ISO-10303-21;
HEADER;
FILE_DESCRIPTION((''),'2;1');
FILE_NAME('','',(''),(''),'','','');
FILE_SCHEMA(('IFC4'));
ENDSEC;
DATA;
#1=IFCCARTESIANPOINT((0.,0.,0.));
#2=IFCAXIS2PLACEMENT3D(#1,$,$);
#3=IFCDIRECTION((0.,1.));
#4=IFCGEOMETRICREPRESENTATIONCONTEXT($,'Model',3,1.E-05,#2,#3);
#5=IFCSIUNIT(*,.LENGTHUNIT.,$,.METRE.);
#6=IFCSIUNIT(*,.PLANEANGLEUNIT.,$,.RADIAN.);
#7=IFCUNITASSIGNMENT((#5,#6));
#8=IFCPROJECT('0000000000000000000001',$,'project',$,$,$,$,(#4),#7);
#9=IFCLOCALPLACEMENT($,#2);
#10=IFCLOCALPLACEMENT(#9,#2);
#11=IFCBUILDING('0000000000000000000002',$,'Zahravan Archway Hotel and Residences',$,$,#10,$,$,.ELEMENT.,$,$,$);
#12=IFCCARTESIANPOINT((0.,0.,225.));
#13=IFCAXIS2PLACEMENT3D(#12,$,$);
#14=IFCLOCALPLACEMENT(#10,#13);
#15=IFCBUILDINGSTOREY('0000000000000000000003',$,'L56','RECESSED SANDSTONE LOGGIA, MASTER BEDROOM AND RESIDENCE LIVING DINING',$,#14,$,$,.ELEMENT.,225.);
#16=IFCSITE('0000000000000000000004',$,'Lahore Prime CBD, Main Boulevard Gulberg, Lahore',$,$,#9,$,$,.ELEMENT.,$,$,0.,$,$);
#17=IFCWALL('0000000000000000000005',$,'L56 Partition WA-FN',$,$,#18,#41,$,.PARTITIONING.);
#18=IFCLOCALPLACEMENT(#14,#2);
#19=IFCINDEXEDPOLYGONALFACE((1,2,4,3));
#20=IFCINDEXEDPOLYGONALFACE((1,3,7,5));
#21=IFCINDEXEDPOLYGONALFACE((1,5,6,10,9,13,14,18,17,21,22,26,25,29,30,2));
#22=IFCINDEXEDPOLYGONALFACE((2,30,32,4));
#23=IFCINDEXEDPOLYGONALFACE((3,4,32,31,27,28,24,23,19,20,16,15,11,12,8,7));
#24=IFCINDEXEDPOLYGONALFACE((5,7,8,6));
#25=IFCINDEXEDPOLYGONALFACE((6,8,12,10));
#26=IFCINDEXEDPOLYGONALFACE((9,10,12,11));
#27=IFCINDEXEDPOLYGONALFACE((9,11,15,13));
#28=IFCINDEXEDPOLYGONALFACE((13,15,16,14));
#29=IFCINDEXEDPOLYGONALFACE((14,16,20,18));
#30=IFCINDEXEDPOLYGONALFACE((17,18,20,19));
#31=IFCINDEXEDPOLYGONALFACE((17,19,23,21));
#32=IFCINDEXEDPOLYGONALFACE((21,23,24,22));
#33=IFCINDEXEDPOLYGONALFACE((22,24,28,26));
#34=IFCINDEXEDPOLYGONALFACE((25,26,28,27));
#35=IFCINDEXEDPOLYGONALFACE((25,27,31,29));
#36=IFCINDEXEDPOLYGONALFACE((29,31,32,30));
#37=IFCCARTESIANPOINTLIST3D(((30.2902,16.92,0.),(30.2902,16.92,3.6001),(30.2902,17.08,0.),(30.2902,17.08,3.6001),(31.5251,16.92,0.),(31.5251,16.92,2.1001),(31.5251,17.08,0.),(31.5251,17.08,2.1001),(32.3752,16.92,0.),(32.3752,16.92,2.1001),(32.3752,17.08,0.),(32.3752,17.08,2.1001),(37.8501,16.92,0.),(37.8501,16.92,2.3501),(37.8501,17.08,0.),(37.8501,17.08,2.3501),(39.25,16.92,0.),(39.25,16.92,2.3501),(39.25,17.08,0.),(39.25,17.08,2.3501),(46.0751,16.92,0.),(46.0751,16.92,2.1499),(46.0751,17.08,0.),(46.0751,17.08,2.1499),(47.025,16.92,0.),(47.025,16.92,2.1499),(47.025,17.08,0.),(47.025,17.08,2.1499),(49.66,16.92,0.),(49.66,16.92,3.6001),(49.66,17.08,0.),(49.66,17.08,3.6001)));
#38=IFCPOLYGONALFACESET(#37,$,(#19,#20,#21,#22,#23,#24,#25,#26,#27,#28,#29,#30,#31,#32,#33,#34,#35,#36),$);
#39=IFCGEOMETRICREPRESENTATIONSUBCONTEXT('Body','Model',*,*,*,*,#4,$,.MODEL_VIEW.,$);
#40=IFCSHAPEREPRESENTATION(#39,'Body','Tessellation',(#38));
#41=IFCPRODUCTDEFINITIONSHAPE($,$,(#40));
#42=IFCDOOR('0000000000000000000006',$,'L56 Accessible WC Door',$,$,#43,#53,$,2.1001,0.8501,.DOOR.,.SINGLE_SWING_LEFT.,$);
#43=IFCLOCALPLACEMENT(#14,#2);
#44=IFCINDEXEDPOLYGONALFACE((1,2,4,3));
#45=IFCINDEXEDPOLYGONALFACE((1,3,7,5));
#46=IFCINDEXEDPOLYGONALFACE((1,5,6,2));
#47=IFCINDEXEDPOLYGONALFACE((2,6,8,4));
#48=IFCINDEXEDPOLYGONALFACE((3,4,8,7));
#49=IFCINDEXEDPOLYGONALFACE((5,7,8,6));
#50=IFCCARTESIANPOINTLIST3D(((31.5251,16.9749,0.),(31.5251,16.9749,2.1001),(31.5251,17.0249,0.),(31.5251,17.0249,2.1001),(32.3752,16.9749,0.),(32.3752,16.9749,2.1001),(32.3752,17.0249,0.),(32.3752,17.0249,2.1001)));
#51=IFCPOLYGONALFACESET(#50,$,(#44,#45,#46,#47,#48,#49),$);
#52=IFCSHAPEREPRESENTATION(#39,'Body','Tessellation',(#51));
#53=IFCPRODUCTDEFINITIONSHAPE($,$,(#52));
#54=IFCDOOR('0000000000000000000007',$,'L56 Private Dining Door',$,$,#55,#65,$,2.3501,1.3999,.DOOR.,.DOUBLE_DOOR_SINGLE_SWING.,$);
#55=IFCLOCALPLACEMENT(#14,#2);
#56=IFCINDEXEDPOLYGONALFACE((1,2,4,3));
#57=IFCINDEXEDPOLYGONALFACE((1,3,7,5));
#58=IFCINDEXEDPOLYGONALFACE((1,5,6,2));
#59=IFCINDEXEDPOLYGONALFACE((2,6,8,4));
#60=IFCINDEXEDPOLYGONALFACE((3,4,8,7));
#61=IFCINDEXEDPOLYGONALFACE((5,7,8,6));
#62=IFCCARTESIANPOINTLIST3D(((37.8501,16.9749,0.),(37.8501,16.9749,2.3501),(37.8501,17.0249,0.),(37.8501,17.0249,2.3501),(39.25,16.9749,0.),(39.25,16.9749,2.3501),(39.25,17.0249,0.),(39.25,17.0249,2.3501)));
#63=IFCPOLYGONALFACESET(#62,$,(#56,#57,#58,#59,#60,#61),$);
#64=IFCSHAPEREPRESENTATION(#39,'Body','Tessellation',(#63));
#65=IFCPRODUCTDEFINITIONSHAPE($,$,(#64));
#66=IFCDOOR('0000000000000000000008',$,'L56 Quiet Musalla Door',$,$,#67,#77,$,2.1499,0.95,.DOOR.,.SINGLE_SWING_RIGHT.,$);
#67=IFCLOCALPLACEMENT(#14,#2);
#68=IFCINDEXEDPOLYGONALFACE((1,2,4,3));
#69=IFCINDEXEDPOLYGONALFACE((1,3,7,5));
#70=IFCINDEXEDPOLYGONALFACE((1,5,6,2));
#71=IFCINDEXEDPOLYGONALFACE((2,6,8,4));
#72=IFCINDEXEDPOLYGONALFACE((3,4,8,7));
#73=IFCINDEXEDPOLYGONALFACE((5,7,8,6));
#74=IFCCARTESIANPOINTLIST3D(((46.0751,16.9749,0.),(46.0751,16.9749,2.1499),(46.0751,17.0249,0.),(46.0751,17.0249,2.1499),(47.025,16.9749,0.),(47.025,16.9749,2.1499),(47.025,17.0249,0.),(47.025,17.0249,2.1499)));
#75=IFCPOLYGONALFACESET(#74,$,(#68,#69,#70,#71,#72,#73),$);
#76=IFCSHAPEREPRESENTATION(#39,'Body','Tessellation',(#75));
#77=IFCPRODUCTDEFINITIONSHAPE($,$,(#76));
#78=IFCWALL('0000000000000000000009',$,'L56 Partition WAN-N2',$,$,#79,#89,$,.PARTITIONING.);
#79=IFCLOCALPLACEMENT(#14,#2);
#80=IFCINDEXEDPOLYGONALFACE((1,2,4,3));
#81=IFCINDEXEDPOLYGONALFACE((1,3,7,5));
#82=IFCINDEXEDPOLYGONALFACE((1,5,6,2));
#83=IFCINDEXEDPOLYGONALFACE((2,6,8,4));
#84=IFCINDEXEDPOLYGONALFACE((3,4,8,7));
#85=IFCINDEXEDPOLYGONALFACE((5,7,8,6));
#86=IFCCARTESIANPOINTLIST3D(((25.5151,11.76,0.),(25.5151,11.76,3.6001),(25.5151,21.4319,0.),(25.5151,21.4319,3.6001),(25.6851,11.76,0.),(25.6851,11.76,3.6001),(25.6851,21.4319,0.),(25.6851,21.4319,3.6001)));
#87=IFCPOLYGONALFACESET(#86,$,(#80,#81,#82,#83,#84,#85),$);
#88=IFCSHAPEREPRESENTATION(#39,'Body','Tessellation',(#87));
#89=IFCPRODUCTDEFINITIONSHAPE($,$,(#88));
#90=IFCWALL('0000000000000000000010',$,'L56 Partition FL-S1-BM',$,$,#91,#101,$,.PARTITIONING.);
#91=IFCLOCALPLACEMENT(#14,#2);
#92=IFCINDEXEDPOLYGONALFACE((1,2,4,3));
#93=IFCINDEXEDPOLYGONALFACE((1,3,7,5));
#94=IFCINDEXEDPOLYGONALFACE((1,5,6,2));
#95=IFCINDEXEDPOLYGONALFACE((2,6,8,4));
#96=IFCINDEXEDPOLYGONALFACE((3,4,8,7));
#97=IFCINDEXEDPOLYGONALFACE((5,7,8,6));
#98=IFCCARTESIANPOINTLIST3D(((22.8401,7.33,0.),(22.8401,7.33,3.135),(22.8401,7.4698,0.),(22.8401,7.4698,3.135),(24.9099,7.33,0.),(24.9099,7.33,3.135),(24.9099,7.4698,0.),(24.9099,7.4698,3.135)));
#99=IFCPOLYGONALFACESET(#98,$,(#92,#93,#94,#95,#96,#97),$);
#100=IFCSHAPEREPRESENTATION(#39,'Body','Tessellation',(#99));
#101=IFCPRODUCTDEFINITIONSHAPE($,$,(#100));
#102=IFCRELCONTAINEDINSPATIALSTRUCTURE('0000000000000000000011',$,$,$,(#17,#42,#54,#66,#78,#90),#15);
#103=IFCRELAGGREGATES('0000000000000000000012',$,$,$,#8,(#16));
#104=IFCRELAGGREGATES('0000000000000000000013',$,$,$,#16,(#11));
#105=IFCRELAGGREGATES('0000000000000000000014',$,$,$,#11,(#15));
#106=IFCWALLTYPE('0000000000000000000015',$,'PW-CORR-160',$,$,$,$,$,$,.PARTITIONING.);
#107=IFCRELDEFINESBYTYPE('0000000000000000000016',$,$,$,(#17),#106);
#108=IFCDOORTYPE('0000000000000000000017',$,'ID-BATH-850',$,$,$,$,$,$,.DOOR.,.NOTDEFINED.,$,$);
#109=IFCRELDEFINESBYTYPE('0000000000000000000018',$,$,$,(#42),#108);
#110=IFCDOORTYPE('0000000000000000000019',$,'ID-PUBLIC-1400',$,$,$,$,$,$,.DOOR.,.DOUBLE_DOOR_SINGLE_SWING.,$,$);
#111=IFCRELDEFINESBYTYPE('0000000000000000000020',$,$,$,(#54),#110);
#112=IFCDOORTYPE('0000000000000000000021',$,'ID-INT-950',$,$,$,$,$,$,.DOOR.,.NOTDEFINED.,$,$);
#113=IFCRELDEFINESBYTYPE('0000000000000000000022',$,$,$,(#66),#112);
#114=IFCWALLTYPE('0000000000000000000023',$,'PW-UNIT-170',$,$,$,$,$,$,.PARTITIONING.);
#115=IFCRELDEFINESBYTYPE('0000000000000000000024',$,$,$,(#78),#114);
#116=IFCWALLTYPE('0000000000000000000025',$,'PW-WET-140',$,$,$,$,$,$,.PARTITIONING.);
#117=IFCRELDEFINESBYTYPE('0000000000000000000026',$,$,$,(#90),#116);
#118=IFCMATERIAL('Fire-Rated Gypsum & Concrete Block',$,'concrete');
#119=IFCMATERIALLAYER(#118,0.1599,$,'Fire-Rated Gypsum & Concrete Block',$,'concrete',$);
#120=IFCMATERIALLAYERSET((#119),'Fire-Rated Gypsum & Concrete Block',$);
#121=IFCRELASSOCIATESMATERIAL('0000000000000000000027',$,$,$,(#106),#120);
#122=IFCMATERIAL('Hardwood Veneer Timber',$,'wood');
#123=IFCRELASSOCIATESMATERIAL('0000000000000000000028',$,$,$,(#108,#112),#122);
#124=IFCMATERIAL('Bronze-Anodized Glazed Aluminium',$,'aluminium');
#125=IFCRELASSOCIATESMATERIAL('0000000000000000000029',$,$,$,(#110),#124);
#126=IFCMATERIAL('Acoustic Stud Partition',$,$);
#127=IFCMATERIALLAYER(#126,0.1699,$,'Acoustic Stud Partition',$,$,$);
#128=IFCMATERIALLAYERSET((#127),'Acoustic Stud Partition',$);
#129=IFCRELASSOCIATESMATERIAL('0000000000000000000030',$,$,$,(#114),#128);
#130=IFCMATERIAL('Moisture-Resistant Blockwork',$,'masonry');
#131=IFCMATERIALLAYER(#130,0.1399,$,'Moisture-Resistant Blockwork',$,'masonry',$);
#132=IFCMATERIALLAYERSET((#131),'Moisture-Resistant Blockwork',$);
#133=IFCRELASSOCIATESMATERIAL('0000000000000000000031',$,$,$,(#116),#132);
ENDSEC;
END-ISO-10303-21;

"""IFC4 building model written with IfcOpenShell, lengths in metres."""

from ifc_helpers import new_model, si_unit, direction, frame, frame_2d, origin, place, context, subcontext, project, spatial, rectangle, extrude, source, transform, mapped, material, layer, layer_set, type_object, type_shapes, element, fill, save


model = new_model("IFC4")

# Units and contexts
model_context = context("Model", 3, precision=1e-05, world=origin(), true_north=direction((0.0, 1.0)))
body_context = subcontext(model_context, "Body", "Model", "MODEL_VIEW")
ifc_project = project(units=[si_unit("LENGTHUNIT", "METRE"), si_unit("PLANEANGLEUNIT", "RADIAN")], contexts=[model_context])

# Site, building, storey
site_placement = place(None, origin())
site = spatial("IfcSite", under=ifc_project, at=site_placement, Name="Lahore Prime CBD, Main Boulevard Gulberg, Lahore", CompositionType="ELEMENT", RefElevation=0.0)
building_placement = place(site_placement, origin())
building = spatial("IfcBuilding", under=site, at=building_placement, Name="Zahravan Archway Hotel and Residences", CompositionType="ELEMENT")
storey_placement = place(building_placement, frame((0.0, 0.0, 225.0)))
storey = spatial("IfcBuildingStorey", under=building, at=storey_placement, Name="L56", Description="RECESSED SANDSTONE LOGGIA, MASTER BEDROOM AND RESIDENCE LIVING DINING", CompositionType="ELEMENT", Elevation=225.0)

# Shared definitions
ifc_material_1 = material(Name="Fire-Rated Gypsum & Concrete Block", Category="concrete")
ifc_layer_1 = layer(ifc_material_1, 0.1599, Name="Fire-Rated Gypsum & Concrete Block", Category="concrete")
ifc_layer_set_1 = layer_set([ifc_layer_1], Name="Fire-Rated Gypsum & Concrete Block")
wall_type_1 = type_object("IfcWallType", Name="PW-CORR-160", PredefinedType="PARTITIONING", material=ifc_layer_set_1)

# Wall, openings, doors
wall_1_placement = place(storey_placement, frame((30.29, 17.0, 0.0), z_axis=(0.0, 0.0, 1.0), x_axis=(1.0, 0.0, 0.0)))
wall_1 = element("IfcWall", 1, at=wall_1_placement, inside=storey, type_object=wall_type_1, Name="L56 Partition WA-FN", PredefinedType="PARTITIONING", context=body_context, shape_type="SweptSolid", body=[
    extrude(rectangle(XDim=19.3699, YDim=0.1599, at=frame_2d((9.6851, 0.0))), origin(), (0.0, 0.0, 1.0), 3.6001),
])
opening_1_placement = place(wall_1_placement, frame((1.2351, 0.0, 0.0)))
opening_1 = element("IfcOpeningElement", 2, at=opening_1_placement, cuts=wall_1, PredefinedType="OPENING", context=body_context, shape_type="SweptSolid", body=[
    extrude(rectangle(XDim=0.8501, YDim=2.1001, at=frame_2d((0.425, 1.05))), frame((0.0, 0.0898, 0.0), z_axis=(0.0, -1.0, 0.0), x_axis=(1.0, 0.0, 0.0)), (0.0, 0.0, 1.0), 0.1799),
])
opening_2_placement = place(wall_1_placement, frame((7.5601, 0.0, 0.0)))
opening_2 = element("IfcOpeningElement", 3, at=opening_2_placement, cuts=wall_1, PredefinedType="OPENING", context=body_context, shape_type="SweptSolid", body=[
    extrude(rectangle(XDim=1.3999, YDim=2.3501, at=frame_2d((0.7, 1.175))), frame((0.0, 0.0898, 0.0), z_axis=(0.0, -1.0, 0.0), x_axis=(1.0, 0.0, 0.0)), (0.0, 0.0, 1.0), 0.1799),
])
opening_3_placement = place(wall_1_placement, frame((15.7849, 0.0, 0.0)))
opening_3 = element("IfcOpeningElement", 4, at=opening_3_placement, cuts=wall_1, PredefinedType="OPENING", context=body_context, shape_type="SweptSolid", body=[
    extrude(rectangle(XDim=0.95, YDim=2.1499, at=frame_2d((0.4751, 1.075))), frame((0.0, 0.0898, 0.0), z_axis=(0.0, -1.0, 0.0), x_axis=(1.0, 0.0, 0.0)), (0.0, 0.0, 1.0), 0.1799),
])
ifc_material_2 = material(Name="Hardwood Veneer Timber", Category="wood")
door_type_1 = type_object("IfcDoorType", Name="ID-BATH-850", OperationType="NOTDEFINED", PredefinedType="DOOR", material=ifc_material_2)
shared_shape_1 = source(origin(), body_context, "Body", "SweptSolid", [
    extrude(rectangle(XDim=0.8501, YDim=2.1001, at=frame_2d((0.425, 1.05))), frame((0.0, 0.0249, 0.0), z_axis=(0.0, -1.0, 0.0), x_axis=(1.0, 0.0, 0.0)), (0.0, 0.0, 1.0), 0.05),
])
type_shapes(door_type_1, [shared_shape_1])
door_1_placement = place(opening_1_placement, origin())
door_1 = element("IfcDoor", 5, at=door_1_placement, inside=storey, type_object=door_type_1, Name="L56 Accessible WC Door", OperationType="SINGLE_SWING_LEFT", OverallHeight=2.1001, OverallWidth=0.8501, PredefinedType="DOOR", context=body_context, shape_type="MappedRepresentation", body=[
    mapped(shared_shape_1, transform((0.0, 0.0, 0.0), scale=1.0)),
])
fill(opening_1, door_1)
ifc_material_3 = material(Name="Bronze-Anodized Glazed Aluminium", Category="aluminium")
door_type_2 = type_object("IfcDoorType", Name="ID-PUBLIC-1400", OperationType="DOUBLE_DOOR_SINGLE_SWING", PredefinedType="DOOR", material=ifc_material_3)
shared_shape_2 = source(origin(), body_context, "Body", "SweptSolid", [
    extrude(rectangle(XDim=1.3999, YDim=2.3501, at=frame_2d((0.7, 1.175))), frame((0.0, 0.0249, 0.0), z_axis=(0.0, -1.0, 0.0), x_axis=(1.0, 0.0, 0.0)), (0.0, 0.0, 1.0), 0.05),
])
type_shapes(door_type_2, [shared_shape_2])
door_2_placement = place(opening_2_placement, origin())
door_2 = element("IfcDoor", 6, at=door_2_placement, inside=storey, type_object=door_type_2, Name="L56 Private Dining Door", OperationType="DOUBLE_DOOR_SINGLE_SWING", OverallHeight=2.3501, OverallWidth=1.3999, PredefinedType="DOOR", context=body_context, shape_type="MappedRepresentation", body=[
    mapped(shared_shape_2, transform((0.0, 0.0, 0.0), scale=1.0)),
])
fill(opening_2, door_2)
door_type_3 = type_object("IfcDoorType", Name="ID-INT-950", OperationType="NOTDEFINED", PredefinedType="DOOR", material=ifc_material_2)
shared_shape_3 = source(origin(), body_context, "Body", "SweptSolid", [
    extrude(rectangle(XDim=0.95, YDim=2.1499, at=frame_2d((0.4751, 1.075))), frame((0.0, 0.0249, 0.0), z_axis=(0.0, -1.0, 0.0), x_axis=(1.0, 0.0, 0.0)), (0.0, 0.0, 1.0), 0.05),
])
type_shapes(door_type_3, [shared_shape_3])
door_3_placement = place(opening_3_placement, origin())
door_3 = element("IfcDoor", 7, at=door_3_placement, inside=storey, type_object=door_type_3, Name="L56 Quiet Musalla Door", OperationType="SINGLE_SWING_RIGHT", OverallHeight=2.1499, OverallWidth=0.95, PredefinedType="DOOR", context=body_context, shape_type="MappedRepresentation", body=[
    mapped(shared_shape_3, transform((0.0, 0.0, 0.0), scale=1.0)),
])
fill(opening_3, door_3)

# Shared definitions
ifc_material_4 = material(Name="Acoustic Stud Partition")

# Walls
ifc_layer_2 = layer(ifc_material_4, 0.1699, Name="Acoustic Stud Partition")
ifc_layer_set_2 = layer_set([ifc_layer_2], Name="Acoustic Stud Partition")
wall_type_2 = type_object("IfcWallType", Name="PW-UNIT-170", PredefinedType="PARTITIONING", material=ifc_layer_set_2)
wall_2_placement = place(storey_placement, frame((25.6001, 11.76, 0.0), z_axis=(0.0, 0.0, 1.0), x_axis=(0.0, 1.0, 0.0)))
element("IfcWall", 8, at=wall_2_placement, inside=storey, type_object=wall_type_2, Name="L56 Partition WAN-N2", PredefinedType="PARTITIONING", context=body_context, shape_type="SweptSolid", body=[
    extrude(rectangle(XDim=9.6719, YDim=0.1699, at=frame_2d((4.8359, 0.0))), origin(), (0.0, 0.0, 1.0), 3.6001),
])
ifc_material_5 = material(Name="Moisture-Resistant Blockwork", Category="masonry")
ifc_layer_3 = layer(ifc_material_5, 0.1399, Name="Moisture-Resistant Blockwork", Category="masonry")
ifc_layer_set_3 = layer_set([ifc_layer_3], Name="Moisture-Resistant Blockwork")
wall_type_3 = type_object("IfcWallType", Name="PW-WET-140", PredefinedType="PARTITIONING", material=ifc_layer_set_3)
wall_3_placement = place(storey_placement, frame((22.8401, 7.3999, 0.0), z_axis=(0.0, 0.0, 1.0), x_axis=(1.0, 0.0, 0.0)))
element("IfcWall", 9, at=wall_3_placement, inside=storey, type_object=wall_type_3, Name="L56 Partition FL-S1-BM", PredefinedType="PARTITIONING", context=body_context, shape_type="SweptSolid", body=[
    extrude(rectangle(XDim=2.0698, YDim=0.1399, at=frame_2d((1.0349, 0.0))), origin(), (0.0, 0.0, 1.0), 3.135),
])

save(model, "model.ifc")
